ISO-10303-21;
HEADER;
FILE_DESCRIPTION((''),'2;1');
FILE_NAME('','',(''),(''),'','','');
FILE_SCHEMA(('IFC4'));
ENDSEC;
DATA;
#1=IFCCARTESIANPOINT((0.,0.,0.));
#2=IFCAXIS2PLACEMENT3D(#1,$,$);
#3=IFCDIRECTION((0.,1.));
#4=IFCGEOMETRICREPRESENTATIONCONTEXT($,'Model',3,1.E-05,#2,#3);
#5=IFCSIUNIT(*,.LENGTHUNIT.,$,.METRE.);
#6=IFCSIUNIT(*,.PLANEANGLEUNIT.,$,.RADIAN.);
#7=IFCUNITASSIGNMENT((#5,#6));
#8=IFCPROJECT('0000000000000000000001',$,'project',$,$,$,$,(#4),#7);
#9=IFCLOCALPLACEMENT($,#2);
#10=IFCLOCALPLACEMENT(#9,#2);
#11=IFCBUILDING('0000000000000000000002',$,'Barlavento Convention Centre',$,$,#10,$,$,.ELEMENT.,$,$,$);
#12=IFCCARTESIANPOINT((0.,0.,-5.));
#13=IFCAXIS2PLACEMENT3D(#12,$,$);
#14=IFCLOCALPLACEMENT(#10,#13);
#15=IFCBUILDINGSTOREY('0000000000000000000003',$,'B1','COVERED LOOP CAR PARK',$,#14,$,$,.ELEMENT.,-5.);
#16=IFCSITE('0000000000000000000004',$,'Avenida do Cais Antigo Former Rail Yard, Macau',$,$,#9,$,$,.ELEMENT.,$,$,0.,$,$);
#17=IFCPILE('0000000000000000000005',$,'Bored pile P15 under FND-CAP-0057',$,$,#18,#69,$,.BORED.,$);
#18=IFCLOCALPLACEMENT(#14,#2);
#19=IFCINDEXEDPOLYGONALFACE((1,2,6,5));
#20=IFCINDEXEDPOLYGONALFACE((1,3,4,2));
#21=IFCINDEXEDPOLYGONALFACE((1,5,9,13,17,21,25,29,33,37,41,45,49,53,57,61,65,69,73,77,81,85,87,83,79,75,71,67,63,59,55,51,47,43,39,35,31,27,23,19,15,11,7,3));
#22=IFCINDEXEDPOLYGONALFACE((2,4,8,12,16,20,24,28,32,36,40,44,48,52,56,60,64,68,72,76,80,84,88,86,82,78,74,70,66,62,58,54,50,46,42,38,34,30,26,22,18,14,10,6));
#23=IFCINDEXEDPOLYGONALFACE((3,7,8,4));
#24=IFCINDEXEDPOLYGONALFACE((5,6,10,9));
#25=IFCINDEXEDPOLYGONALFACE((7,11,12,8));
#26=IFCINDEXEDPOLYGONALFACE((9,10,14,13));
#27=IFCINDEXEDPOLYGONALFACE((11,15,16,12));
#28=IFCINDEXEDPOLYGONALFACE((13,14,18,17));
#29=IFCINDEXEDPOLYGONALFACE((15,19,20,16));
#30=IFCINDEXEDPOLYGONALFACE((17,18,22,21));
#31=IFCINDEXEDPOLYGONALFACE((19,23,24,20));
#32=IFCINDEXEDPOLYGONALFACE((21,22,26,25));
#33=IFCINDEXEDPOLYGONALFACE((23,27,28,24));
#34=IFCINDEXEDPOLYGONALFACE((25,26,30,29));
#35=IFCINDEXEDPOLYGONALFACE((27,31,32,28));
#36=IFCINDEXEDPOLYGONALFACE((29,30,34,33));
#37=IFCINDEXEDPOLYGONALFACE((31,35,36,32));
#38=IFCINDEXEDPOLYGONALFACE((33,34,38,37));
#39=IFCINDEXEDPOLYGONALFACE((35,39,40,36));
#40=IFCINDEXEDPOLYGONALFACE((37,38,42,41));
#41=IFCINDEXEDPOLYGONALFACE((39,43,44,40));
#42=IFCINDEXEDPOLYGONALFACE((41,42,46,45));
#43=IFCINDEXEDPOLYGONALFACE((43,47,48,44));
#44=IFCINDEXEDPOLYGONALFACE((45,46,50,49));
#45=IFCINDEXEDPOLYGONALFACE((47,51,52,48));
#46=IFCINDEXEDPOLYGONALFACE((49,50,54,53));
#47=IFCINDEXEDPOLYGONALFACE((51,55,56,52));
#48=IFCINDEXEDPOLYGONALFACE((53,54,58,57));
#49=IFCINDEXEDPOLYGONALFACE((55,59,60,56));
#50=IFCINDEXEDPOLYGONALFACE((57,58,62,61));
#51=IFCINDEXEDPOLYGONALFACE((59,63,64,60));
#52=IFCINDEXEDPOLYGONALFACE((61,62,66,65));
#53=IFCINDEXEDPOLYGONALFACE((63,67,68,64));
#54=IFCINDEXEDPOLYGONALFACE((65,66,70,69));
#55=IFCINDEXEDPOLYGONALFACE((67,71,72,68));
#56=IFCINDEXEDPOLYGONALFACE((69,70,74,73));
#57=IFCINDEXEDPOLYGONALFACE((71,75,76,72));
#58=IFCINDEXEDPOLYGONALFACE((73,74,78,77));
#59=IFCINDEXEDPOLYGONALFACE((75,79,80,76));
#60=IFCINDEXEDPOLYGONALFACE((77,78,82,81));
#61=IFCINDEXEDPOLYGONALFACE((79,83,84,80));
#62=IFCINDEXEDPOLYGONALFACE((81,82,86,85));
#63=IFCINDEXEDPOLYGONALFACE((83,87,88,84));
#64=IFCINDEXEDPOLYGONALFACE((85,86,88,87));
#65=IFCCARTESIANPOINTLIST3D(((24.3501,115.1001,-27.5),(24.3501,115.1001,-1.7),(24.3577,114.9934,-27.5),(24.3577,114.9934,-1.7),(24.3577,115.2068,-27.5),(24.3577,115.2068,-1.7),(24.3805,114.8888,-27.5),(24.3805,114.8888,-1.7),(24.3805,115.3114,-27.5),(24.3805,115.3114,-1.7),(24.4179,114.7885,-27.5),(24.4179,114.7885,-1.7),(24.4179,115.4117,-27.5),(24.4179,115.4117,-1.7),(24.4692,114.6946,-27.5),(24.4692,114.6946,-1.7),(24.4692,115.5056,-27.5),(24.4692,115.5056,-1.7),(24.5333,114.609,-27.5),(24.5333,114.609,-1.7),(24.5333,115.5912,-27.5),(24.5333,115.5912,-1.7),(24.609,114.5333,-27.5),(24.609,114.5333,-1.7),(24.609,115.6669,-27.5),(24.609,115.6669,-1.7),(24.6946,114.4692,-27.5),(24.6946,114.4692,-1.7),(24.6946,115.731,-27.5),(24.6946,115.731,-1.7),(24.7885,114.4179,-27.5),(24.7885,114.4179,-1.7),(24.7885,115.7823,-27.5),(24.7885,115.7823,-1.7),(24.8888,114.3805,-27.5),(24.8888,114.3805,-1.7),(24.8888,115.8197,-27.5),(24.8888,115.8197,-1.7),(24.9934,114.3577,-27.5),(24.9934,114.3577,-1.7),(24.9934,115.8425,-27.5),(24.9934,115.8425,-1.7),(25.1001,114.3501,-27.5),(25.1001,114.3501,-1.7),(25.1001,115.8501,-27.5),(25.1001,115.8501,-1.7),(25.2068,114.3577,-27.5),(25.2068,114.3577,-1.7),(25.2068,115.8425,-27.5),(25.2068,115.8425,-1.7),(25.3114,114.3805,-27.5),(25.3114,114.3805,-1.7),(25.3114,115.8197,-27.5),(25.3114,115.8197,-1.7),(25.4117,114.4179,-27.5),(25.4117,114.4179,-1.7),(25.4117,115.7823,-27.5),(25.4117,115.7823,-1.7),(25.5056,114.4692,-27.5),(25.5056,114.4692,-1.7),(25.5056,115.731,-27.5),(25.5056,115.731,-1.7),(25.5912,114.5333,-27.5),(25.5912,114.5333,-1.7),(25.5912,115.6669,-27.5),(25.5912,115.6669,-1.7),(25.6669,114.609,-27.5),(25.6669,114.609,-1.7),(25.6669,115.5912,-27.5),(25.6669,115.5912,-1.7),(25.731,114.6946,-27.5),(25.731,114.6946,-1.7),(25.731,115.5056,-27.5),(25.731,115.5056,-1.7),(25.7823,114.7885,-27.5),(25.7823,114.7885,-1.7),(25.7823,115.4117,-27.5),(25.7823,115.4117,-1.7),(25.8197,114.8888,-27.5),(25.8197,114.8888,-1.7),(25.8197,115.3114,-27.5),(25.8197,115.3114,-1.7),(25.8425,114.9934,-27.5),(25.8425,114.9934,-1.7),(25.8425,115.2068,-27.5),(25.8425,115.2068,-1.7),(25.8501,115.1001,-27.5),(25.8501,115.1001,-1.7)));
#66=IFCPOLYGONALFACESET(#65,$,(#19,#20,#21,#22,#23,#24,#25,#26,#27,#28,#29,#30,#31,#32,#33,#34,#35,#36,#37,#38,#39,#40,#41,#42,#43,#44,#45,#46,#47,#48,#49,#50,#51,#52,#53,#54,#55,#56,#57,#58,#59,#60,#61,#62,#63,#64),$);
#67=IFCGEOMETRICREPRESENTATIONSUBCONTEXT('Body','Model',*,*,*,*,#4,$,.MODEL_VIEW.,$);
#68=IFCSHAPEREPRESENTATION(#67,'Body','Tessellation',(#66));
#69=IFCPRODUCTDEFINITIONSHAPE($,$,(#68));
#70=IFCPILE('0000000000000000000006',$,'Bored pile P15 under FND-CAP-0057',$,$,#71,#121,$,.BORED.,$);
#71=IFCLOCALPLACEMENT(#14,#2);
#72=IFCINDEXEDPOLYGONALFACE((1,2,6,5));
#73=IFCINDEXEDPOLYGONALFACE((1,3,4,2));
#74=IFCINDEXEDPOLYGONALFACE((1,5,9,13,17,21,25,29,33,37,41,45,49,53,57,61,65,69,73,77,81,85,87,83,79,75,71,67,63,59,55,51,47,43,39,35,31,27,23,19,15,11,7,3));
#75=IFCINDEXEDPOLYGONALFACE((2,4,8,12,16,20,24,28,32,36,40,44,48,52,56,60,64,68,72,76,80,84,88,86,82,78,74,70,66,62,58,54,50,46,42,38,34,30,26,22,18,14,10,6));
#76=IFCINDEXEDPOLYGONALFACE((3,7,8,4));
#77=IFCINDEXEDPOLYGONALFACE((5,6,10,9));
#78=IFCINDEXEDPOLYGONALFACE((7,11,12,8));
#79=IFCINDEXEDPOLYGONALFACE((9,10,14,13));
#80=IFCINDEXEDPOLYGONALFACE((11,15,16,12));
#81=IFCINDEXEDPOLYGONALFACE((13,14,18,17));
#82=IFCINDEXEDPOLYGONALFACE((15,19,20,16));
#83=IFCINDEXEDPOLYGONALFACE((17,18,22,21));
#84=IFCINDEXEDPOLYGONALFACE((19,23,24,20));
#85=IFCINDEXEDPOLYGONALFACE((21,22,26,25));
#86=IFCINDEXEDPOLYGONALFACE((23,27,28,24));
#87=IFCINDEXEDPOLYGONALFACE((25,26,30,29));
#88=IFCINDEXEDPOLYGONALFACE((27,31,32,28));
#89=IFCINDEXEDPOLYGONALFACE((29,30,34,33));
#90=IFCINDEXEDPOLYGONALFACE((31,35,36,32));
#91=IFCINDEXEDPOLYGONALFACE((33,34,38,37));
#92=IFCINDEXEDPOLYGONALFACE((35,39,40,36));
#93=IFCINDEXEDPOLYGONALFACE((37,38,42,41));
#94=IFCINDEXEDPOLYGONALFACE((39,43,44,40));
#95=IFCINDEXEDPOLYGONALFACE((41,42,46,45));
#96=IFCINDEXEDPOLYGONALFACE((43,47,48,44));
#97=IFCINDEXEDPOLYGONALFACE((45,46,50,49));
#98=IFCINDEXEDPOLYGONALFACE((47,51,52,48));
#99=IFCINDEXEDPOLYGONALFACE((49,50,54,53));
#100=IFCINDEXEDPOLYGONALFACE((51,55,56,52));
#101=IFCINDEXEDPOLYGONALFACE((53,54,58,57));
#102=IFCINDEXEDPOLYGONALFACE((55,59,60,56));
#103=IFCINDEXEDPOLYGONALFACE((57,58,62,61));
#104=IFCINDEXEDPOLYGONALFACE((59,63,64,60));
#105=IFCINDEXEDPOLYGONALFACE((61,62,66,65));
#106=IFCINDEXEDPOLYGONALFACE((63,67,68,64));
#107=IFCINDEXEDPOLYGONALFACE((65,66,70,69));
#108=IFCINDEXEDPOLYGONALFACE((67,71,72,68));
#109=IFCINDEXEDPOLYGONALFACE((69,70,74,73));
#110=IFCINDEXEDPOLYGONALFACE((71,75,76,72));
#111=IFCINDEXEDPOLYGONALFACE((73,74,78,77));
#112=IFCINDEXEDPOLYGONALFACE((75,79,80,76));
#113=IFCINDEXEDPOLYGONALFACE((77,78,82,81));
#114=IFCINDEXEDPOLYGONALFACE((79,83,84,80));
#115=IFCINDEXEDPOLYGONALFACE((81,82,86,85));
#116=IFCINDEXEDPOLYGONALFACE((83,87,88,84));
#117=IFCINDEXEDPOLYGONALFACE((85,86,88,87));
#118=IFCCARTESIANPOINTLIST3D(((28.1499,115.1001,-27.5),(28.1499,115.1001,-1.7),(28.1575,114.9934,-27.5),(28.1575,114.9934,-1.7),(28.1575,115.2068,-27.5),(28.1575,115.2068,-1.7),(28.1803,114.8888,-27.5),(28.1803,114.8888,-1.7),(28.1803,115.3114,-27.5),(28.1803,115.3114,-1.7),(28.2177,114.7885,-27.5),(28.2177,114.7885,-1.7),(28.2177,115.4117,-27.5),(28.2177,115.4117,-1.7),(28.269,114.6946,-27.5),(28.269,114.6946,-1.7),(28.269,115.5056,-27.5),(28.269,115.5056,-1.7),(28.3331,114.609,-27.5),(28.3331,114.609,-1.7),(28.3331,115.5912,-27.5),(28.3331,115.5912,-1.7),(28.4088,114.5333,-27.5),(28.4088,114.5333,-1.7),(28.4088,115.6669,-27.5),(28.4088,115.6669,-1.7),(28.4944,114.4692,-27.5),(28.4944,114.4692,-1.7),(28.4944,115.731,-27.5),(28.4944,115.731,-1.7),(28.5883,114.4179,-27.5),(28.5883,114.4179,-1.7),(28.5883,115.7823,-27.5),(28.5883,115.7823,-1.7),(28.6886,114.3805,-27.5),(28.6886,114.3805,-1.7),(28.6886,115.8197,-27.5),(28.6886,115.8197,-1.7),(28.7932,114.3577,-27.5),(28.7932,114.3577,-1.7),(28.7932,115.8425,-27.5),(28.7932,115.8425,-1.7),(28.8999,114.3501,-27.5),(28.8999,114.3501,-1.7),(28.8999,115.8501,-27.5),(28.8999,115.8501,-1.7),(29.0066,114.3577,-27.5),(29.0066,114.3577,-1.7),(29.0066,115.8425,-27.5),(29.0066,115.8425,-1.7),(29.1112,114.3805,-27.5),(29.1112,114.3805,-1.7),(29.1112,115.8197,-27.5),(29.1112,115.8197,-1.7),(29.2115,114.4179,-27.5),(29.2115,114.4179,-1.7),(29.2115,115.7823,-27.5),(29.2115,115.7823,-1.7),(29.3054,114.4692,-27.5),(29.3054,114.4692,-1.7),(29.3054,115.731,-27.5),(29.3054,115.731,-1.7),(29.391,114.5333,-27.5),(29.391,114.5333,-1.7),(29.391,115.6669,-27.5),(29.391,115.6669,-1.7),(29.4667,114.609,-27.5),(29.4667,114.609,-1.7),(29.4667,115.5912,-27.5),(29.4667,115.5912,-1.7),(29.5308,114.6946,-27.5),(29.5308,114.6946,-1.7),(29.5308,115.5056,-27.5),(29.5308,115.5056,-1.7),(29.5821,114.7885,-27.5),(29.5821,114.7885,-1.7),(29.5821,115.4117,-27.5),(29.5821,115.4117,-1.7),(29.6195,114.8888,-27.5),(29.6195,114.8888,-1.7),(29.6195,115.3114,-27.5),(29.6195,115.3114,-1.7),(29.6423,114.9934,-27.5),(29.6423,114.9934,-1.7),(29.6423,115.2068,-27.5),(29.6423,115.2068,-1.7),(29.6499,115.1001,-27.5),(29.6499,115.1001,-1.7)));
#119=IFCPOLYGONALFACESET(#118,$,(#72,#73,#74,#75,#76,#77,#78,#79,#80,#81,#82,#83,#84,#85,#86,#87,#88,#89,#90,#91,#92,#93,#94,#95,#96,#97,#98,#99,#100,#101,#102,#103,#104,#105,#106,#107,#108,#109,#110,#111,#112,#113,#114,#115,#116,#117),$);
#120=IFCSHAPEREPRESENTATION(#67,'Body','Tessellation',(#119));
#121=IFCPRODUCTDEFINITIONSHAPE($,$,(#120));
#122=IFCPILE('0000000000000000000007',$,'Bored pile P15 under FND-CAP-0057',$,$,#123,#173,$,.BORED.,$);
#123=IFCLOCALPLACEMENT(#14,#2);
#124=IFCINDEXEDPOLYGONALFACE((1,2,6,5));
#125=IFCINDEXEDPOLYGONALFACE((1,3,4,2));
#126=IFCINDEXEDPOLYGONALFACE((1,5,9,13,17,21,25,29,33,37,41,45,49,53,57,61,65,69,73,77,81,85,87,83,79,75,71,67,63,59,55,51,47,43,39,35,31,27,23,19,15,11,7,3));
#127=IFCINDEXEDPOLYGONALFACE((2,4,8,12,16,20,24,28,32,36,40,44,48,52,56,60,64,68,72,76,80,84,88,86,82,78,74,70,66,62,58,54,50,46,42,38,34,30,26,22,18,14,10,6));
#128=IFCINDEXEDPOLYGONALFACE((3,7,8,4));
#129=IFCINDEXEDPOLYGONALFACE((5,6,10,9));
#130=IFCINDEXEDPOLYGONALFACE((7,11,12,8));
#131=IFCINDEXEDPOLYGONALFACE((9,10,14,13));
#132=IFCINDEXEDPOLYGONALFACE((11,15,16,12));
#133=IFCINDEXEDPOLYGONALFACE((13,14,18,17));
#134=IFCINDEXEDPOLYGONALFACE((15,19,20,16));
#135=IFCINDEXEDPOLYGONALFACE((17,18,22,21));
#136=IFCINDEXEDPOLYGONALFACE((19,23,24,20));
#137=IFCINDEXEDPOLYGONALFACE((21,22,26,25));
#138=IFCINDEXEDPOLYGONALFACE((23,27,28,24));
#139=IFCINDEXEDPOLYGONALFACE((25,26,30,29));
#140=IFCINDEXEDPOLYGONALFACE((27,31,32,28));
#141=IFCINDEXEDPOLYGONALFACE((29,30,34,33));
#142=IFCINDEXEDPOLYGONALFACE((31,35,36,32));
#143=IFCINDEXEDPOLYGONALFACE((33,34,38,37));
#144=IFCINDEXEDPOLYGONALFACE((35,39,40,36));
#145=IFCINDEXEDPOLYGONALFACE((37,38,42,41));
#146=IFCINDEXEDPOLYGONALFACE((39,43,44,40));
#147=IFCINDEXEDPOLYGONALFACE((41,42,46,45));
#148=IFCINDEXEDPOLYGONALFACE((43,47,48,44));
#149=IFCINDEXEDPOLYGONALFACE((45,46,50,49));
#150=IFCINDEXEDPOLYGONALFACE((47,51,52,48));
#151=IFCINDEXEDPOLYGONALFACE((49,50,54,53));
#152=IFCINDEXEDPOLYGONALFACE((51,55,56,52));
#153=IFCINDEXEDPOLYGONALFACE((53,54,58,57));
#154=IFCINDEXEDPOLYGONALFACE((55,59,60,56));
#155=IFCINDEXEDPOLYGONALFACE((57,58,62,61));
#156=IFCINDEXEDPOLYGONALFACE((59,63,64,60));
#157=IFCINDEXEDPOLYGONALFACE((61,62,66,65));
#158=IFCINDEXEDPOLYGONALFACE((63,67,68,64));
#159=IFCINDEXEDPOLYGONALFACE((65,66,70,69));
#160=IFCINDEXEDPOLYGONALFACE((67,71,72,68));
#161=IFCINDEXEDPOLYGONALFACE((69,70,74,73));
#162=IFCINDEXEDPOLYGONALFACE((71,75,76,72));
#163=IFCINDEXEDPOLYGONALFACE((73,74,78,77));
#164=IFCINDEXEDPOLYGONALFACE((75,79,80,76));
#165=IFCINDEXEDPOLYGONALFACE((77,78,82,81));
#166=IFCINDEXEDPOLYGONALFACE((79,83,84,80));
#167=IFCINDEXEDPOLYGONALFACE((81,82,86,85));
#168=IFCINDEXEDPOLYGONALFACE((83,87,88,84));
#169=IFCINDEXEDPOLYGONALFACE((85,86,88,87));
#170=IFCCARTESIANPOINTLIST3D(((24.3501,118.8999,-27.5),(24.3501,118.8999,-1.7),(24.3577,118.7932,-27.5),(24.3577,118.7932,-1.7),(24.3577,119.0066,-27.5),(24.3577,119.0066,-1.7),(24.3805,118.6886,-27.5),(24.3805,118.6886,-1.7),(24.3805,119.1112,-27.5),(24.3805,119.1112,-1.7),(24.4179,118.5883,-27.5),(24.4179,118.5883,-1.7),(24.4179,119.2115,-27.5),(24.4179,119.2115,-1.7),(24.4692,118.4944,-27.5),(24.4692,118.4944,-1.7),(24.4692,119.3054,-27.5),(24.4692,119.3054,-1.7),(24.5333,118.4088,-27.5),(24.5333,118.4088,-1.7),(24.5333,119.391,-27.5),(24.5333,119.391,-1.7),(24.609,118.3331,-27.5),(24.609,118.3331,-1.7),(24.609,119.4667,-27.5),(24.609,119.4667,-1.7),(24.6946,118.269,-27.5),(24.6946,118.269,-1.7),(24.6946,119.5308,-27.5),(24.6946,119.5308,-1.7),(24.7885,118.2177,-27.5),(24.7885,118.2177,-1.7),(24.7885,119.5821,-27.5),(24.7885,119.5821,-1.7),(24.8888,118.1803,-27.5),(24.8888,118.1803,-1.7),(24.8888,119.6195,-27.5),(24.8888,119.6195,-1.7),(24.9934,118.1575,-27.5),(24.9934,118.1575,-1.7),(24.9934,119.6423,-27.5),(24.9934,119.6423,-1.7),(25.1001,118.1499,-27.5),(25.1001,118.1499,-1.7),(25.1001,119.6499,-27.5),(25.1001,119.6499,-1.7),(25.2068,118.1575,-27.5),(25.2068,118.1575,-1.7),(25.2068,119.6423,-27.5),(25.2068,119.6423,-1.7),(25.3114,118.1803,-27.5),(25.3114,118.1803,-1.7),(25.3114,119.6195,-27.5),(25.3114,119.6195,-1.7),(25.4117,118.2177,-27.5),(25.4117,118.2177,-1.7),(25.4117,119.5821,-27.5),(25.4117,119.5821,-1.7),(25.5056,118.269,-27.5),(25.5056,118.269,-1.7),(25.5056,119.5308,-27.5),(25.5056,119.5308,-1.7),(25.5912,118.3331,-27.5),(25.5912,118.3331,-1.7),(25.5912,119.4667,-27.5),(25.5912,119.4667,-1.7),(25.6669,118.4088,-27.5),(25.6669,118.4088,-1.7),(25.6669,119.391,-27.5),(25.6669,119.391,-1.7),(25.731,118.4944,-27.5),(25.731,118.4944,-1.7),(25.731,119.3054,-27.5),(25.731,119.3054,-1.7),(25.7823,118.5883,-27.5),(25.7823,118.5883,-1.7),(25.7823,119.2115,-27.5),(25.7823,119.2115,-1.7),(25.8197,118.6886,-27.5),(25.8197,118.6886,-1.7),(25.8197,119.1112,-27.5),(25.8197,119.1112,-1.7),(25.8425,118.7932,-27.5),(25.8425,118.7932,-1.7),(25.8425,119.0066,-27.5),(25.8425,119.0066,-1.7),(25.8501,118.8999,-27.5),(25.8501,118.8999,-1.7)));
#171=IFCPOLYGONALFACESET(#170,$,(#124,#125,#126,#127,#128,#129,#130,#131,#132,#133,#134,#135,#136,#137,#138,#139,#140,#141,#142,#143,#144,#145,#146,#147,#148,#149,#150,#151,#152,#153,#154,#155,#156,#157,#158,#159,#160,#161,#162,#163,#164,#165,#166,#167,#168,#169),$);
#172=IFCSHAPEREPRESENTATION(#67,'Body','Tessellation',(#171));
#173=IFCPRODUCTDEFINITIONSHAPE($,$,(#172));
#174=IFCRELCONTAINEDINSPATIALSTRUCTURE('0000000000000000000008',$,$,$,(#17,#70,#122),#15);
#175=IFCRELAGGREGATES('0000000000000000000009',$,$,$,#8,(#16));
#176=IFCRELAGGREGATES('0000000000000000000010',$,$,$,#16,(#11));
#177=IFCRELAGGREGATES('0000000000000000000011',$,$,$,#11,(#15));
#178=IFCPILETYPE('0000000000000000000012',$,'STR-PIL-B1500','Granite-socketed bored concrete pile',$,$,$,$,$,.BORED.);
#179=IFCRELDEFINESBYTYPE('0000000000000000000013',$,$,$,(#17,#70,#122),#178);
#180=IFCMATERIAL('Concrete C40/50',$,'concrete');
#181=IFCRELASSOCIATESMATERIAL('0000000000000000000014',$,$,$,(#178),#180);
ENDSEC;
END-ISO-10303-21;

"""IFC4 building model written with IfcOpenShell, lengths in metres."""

from ifc_helpers import new_model, si_unit, direction, frame, origin, origin_2d, place, context, subcontext, project, spatial, circle, extrude, material, material_profile, profile_set, type_object, element, save


model = new_model("IFC4")

# Units and contexts
model_context = context("Model", 3, precision=1e-05, world=origin(), true_north=direction((0.0, 1.0)))
body_context = subcontext(model_context, "Body", "Model", "MODEL_VIEW")
ifc_project = project(units=[si_unit("LENGTHUNIT", "METRE"), si_unit("PLANEANGLEUNIT", "RADIAN")], contexts=[model_context])

# Site, building, storey
site_placement = place(None, origin())
site = spatial("IfcSite", under=ifc_project, at=site_placement, Name="Avenida do Cais Antigo Former Rail Yard, Macau", CompositionType="ELEMENT", RefElevation=0.0)
building_placement = place(site_placement, origin())
building = spatial("IfcBuilding", under=site, at=building_placement, Name="Barlavento Convention Centre", CompositionType="ELEMENT")
storey_placement = place(building_placement, frame((0.0, 0.0, -5.0)))
storey = spatial("IfcBuildingStorey", under=building, at=storey_placement, Name="B1", Description="COVERED LOOP CAR PARK", CompositionType="ELEMENT", Elevation=-5.0)

# Shared definitions
ifc_material_1 = material(Name="Concrete C40/50", Category="concrete")

# Piles
ifc_material_profile_1 = material_profile(ifc_material_1, circle(Radius=0.75, at=origin_2d()), Name="BORED PILE 1500")
ifc_profile_set_1 = profile_set([ifc_material_profile_1], Name="Concrete C40/50")
pile_type_1 = type_object("IfcPileType", Name="STR-PIL-B1500", Description="Granite-socketed bored concrete pile", PredefinedType="BORED", material=ifc_profile_set_1)
for number, where, z_axis, x_axis, name in (
    (1, (25.1001, 115.1001, -1.7), (0.0, 0.0, -1.0), (1.0, 0.0, 0.0), "Bored pile P15 under FND-CAP-0057"),
    (2, (28.8999, 115.1001, -1.7), (0.0, 0.0, -1.0), (1.0, 0.0, 0.0), "Bored pile P15 under FND-CAP-0057"),
    (3, (25.1001, 118.8999, -1.7), (0.0, 0.0, -1.0), (1.0, 0.0, 0.0), "Bored pile P15 under FND-CAP-0057"),
):
    element("IfcPile", number, at=place(storey_placement, frame(where, z_axis=z_axis, x_axis=x_axis)), inside=storey, type_object=pile_type_1, Name=name, PredefinedType="BORED", context=body_context, shape_type="SweptSolid", body=[
        extrude(circle(Radius=0.75, at=origin_2d()), origin(), (0.0, 0.0, 1.0), 25.8),
    ])

save(model, "model.ifc")
